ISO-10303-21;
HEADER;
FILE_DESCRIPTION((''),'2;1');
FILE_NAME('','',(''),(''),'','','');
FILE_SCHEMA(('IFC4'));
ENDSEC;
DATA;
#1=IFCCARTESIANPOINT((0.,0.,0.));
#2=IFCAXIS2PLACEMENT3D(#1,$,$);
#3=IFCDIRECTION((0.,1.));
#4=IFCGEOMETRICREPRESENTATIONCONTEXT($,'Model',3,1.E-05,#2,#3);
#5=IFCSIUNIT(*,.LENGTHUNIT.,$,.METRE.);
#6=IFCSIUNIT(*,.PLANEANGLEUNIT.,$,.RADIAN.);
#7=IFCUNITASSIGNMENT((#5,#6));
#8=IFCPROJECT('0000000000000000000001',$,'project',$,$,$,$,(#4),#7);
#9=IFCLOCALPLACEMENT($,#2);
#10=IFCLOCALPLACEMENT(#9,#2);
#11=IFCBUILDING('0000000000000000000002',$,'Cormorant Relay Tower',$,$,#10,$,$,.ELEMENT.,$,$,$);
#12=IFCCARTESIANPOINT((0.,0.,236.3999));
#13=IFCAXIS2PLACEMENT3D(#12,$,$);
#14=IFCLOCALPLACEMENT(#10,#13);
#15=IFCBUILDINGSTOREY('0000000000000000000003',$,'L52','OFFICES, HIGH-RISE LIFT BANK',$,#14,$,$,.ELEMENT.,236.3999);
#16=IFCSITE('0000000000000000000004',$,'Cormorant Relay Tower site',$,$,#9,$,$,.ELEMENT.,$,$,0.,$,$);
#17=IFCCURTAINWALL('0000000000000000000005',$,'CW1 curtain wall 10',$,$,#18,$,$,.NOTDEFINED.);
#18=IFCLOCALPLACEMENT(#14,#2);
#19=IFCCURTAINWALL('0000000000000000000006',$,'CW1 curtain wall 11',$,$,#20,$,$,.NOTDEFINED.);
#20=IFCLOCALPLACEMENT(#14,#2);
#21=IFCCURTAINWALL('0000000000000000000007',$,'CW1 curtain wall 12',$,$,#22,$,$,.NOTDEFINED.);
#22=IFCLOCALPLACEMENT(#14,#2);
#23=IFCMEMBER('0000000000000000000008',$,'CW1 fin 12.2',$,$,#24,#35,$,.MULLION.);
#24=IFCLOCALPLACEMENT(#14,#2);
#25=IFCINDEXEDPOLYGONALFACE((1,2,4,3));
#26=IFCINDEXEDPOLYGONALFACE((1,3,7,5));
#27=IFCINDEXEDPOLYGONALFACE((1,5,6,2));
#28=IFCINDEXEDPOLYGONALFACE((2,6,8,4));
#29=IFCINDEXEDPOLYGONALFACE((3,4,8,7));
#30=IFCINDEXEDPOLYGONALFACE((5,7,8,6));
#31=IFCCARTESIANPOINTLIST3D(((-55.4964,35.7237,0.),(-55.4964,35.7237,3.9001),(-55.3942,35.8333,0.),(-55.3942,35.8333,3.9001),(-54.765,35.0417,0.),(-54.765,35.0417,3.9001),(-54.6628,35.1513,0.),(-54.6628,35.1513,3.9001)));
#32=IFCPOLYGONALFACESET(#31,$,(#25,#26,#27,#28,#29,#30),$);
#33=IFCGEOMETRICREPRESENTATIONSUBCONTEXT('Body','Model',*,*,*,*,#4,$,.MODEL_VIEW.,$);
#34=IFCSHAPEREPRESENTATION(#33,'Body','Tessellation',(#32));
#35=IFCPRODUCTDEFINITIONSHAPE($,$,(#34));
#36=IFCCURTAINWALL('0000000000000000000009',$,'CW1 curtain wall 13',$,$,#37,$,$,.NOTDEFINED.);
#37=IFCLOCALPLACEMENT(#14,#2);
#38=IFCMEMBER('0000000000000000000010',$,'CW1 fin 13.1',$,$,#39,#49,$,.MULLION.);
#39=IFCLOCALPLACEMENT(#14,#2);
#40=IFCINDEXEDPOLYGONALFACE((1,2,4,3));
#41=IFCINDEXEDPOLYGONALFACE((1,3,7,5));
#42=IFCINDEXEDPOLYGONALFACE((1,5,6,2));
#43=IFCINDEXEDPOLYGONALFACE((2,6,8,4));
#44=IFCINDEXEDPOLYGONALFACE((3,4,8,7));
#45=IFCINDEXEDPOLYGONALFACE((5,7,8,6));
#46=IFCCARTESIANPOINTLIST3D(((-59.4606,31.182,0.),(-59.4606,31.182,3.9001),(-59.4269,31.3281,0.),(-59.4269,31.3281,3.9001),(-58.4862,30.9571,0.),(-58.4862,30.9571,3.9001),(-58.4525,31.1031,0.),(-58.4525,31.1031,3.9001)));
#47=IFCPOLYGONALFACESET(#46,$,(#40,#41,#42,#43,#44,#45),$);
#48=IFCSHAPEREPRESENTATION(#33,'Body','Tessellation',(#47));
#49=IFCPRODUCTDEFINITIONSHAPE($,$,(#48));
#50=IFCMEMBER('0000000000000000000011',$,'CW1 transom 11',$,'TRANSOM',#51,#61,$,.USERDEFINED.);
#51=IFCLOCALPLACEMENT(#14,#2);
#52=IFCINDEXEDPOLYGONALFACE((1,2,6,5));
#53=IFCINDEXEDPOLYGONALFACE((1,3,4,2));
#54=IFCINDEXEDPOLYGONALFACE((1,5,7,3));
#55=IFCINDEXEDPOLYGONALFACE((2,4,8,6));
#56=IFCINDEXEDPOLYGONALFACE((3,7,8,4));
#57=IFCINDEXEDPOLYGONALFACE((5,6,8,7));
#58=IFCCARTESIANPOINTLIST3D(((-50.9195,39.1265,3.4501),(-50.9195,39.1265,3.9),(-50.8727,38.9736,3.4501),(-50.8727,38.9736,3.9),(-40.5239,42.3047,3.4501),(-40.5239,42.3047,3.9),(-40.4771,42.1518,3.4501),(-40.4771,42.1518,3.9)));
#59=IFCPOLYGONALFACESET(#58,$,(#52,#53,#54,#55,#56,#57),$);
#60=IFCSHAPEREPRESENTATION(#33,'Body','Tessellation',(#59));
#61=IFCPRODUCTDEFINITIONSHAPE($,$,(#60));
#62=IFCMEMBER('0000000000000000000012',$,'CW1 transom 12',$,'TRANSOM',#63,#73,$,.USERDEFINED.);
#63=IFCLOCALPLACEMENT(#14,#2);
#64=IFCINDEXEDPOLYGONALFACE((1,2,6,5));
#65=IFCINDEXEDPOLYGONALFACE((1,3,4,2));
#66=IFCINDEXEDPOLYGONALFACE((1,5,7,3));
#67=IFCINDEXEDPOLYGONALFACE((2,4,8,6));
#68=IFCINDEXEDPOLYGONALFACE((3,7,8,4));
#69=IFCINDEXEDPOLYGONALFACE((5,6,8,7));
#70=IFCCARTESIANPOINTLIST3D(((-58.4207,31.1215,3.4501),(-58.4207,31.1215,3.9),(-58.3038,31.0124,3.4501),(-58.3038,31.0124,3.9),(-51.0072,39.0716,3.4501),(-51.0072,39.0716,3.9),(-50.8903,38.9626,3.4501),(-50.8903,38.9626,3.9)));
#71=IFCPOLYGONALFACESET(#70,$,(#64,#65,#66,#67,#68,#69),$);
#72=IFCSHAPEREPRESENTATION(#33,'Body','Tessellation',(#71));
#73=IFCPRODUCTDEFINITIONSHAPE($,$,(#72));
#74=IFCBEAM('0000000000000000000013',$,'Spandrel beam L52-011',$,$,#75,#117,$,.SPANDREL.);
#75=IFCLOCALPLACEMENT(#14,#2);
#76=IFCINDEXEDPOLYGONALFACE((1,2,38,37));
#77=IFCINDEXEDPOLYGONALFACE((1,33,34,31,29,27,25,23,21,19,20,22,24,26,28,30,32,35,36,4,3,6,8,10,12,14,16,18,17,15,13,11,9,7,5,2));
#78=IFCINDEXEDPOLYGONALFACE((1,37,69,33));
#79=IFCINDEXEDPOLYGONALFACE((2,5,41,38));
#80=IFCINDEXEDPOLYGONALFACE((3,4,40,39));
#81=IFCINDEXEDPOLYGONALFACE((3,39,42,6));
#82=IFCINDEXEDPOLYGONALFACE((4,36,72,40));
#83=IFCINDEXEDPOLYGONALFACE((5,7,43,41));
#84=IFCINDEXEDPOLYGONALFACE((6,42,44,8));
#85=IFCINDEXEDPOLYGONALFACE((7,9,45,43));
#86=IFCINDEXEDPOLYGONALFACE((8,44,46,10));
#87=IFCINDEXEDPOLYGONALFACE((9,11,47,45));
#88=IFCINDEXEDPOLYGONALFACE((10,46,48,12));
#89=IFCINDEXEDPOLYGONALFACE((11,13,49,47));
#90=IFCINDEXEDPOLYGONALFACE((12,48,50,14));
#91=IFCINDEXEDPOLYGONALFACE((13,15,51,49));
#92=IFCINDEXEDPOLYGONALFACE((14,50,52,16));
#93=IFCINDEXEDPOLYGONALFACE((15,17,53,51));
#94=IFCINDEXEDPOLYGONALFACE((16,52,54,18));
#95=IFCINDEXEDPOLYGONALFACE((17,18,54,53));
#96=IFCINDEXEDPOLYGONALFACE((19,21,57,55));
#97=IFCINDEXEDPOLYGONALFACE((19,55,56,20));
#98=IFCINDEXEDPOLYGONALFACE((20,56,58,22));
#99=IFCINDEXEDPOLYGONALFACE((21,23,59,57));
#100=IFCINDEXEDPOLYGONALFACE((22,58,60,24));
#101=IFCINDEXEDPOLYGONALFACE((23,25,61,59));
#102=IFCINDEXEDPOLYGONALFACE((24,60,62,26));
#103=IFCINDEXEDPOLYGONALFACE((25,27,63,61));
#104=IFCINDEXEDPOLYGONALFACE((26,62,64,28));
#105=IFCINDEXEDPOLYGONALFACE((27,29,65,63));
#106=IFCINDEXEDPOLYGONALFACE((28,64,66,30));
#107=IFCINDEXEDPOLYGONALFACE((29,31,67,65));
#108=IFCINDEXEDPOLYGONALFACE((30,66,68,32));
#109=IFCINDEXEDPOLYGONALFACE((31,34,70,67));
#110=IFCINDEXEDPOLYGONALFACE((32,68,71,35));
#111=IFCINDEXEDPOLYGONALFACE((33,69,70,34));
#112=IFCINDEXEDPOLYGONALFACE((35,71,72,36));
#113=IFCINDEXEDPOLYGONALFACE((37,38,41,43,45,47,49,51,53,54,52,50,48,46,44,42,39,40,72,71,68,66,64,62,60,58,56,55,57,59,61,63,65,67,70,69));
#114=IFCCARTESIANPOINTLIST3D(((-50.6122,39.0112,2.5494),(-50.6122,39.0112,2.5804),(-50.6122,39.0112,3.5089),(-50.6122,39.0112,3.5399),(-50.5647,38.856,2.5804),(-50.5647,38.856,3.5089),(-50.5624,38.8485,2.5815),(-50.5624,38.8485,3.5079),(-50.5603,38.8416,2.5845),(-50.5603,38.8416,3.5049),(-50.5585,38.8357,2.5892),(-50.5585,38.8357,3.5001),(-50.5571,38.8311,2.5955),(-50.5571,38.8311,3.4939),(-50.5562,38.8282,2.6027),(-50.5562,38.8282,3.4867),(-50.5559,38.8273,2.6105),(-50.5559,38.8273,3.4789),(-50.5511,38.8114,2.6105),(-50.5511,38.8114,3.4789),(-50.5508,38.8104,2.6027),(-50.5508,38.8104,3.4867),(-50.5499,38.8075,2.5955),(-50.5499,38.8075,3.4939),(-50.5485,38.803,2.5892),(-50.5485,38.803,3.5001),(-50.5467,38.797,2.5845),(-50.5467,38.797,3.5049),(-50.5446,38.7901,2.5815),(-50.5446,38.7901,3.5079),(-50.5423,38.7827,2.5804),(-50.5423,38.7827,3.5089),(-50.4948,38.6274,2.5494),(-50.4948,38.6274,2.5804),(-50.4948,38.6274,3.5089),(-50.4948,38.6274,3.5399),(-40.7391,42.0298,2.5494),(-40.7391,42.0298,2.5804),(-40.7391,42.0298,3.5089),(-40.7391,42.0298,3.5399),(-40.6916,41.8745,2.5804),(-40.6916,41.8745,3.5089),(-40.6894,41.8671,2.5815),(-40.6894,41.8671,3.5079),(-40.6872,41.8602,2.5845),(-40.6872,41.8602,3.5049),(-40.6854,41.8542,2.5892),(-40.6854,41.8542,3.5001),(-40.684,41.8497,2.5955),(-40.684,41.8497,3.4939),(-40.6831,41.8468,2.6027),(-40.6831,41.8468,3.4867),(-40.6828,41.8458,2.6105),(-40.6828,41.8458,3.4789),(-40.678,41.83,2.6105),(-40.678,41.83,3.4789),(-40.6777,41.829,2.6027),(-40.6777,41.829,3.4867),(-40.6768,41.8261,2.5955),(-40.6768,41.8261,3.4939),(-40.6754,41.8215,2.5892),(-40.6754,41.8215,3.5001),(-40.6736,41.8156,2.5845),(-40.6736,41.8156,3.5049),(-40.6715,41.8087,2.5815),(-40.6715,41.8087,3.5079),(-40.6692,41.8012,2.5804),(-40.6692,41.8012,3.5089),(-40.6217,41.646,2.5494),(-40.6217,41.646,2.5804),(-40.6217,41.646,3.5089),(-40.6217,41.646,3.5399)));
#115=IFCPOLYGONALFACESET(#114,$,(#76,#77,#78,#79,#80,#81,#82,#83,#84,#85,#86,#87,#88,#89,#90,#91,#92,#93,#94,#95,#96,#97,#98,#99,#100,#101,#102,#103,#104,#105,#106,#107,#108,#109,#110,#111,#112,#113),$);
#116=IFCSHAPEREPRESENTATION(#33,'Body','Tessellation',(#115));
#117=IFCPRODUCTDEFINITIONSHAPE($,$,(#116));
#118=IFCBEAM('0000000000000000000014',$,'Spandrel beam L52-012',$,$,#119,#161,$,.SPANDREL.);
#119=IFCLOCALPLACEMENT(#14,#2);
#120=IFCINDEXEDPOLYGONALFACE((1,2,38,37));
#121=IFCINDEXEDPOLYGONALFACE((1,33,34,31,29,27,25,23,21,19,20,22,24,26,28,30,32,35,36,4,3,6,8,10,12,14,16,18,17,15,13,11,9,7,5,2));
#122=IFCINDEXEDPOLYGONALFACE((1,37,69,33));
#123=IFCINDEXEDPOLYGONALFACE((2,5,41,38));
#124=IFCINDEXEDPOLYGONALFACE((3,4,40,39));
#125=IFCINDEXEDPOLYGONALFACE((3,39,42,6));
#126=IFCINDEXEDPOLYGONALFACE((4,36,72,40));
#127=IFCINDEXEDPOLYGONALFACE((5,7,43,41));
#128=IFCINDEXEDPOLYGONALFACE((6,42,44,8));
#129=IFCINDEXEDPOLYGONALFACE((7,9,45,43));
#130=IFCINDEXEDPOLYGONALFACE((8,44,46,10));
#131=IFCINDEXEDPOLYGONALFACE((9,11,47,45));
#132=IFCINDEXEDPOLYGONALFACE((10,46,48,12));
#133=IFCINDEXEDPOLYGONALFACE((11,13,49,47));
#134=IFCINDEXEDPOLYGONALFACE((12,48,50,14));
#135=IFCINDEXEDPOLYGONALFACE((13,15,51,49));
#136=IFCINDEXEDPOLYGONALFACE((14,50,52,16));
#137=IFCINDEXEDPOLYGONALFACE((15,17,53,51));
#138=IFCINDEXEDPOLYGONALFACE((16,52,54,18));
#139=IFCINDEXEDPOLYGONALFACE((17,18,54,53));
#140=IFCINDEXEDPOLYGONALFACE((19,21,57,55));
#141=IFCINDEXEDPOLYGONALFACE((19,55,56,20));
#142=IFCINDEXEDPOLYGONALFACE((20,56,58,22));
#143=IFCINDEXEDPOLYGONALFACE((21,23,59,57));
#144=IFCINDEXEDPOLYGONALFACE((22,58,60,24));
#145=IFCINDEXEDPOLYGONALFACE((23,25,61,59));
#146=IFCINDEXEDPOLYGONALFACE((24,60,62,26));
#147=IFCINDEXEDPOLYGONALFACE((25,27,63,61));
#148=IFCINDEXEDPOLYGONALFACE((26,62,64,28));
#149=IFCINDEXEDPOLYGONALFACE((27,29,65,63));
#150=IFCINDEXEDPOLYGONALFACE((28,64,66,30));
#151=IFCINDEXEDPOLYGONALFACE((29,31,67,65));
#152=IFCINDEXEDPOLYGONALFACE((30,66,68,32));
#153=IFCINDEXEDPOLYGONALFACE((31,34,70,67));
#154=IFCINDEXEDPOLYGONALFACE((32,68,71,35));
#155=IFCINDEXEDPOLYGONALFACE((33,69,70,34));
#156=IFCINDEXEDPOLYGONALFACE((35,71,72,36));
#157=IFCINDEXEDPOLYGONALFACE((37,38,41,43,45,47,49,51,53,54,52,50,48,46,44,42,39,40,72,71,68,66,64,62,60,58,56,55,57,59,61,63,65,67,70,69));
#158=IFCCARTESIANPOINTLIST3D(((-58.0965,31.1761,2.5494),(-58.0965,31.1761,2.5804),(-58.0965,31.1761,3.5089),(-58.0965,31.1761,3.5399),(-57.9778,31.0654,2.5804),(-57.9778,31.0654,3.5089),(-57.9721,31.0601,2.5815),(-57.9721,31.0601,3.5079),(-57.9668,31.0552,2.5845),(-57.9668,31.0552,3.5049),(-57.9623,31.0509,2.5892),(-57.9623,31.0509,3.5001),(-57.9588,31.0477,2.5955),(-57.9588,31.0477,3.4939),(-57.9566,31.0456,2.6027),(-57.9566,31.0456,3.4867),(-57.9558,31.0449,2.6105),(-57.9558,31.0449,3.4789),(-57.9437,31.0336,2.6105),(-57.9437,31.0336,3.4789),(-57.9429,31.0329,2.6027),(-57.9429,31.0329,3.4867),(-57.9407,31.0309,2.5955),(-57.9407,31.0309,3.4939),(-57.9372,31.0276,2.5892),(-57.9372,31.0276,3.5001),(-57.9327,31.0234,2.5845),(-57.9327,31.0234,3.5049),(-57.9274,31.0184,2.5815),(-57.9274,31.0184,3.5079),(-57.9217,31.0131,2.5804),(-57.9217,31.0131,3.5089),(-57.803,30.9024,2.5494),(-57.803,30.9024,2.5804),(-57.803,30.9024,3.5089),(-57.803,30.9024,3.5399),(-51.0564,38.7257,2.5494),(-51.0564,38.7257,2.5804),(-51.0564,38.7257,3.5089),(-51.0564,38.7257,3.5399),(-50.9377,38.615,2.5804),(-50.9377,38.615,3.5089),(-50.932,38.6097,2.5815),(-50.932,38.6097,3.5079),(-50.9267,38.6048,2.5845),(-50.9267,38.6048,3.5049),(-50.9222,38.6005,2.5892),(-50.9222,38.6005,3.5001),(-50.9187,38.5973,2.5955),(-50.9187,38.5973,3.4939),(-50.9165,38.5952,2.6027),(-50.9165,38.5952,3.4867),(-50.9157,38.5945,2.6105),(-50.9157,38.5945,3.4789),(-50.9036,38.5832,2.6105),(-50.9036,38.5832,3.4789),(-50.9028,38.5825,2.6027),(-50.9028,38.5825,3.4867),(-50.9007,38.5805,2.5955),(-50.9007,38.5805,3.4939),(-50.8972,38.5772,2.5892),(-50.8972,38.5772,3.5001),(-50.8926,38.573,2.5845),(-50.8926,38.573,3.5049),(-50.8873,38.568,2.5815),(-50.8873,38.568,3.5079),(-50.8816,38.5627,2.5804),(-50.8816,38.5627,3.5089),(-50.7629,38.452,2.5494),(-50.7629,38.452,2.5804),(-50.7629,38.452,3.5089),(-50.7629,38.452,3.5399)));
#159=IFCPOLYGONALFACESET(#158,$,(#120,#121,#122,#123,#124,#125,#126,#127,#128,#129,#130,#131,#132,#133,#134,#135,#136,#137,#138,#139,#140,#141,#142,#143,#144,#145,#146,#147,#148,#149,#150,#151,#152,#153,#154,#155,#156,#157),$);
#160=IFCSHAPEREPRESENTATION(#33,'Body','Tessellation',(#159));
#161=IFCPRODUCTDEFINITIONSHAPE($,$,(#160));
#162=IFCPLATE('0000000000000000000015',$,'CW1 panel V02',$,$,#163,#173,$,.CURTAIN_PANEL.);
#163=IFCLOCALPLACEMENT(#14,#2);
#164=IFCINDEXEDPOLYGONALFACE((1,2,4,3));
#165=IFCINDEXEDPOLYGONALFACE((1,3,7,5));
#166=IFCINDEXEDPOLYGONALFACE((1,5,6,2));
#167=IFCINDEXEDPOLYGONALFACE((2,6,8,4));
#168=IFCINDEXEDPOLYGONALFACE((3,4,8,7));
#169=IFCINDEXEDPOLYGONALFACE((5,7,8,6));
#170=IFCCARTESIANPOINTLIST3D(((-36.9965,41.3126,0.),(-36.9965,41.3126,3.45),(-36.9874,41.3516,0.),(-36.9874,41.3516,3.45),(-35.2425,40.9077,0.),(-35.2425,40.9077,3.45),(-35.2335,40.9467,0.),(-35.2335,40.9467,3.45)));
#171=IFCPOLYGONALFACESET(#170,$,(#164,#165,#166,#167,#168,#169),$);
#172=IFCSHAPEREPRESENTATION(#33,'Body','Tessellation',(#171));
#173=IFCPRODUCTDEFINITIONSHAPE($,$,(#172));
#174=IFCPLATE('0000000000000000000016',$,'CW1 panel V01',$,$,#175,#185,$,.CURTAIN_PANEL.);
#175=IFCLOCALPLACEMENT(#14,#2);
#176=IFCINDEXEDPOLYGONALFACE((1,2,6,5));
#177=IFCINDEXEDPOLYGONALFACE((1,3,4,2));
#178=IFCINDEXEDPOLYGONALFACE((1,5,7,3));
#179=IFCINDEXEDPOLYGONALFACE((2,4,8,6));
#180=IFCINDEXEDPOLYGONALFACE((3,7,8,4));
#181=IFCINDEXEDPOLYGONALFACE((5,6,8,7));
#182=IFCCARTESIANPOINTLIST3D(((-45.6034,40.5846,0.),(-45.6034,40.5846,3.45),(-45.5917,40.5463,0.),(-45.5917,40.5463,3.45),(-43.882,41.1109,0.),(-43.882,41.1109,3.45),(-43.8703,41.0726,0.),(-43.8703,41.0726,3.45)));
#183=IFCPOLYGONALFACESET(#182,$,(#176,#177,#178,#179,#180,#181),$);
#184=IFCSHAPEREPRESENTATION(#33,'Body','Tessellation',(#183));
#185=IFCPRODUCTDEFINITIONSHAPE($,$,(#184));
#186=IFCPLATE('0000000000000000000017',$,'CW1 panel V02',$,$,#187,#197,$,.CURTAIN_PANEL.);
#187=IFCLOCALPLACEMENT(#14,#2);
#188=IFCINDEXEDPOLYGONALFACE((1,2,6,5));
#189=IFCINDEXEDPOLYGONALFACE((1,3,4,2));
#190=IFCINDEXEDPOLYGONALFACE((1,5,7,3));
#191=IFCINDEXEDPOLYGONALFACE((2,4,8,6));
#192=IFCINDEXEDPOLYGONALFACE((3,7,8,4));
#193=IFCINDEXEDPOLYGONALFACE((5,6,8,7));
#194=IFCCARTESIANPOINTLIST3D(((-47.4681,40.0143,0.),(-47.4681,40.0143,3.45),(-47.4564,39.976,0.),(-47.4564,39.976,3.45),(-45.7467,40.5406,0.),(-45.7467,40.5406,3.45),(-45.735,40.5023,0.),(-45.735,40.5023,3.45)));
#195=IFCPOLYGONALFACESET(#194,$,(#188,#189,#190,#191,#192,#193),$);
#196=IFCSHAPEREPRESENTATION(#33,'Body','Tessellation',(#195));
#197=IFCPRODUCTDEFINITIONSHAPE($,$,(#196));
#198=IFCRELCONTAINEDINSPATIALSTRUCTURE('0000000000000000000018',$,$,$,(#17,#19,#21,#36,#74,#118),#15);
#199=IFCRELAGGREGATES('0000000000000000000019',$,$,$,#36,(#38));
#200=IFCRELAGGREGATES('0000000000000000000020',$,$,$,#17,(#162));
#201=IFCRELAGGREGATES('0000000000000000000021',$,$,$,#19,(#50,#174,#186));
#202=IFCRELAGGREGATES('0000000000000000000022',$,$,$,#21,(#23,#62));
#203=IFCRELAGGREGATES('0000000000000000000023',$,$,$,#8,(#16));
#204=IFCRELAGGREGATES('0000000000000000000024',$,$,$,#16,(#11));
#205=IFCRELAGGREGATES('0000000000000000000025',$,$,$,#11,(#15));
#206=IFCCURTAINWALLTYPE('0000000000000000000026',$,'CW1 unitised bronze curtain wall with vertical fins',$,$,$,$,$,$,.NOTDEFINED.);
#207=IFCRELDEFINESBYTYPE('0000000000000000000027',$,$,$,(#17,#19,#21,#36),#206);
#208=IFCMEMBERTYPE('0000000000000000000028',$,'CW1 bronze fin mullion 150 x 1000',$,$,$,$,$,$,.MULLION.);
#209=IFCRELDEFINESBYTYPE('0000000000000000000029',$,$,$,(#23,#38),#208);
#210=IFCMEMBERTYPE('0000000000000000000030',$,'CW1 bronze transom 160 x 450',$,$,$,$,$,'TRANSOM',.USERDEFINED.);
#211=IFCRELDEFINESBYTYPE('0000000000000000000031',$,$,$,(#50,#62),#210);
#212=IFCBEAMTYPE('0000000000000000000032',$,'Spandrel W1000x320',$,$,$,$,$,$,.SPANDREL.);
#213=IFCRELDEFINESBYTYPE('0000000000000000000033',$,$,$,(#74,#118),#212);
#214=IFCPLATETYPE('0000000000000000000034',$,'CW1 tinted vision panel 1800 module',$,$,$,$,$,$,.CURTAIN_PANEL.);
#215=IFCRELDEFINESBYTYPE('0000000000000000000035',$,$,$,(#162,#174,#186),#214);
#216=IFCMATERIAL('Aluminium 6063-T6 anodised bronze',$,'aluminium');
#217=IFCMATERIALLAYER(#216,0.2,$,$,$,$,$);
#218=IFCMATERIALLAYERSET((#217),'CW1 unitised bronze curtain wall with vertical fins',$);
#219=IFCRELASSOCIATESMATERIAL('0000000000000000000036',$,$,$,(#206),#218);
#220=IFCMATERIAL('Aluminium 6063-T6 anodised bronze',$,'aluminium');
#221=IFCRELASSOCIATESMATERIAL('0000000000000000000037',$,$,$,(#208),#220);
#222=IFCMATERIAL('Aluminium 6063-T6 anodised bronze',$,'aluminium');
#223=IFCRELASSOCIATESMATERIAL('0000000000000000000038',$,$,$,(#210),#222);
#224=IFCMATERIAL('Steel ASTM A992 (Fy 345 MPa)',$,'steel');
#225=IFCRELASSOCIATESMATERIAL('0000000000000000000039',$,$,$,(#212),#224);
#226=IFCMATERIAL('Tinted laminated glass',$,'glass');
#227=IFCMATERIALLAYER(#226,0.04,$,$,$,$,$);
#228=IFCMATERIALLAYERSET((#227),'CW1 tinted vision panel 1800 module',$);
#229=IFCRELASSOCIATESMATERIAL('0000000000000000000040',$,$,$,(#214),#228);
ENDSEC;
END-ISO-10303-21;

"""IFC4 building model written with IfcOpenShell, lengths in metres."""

from ifc_helpers import new_model, si_unit, direction, frame, origin, origin_2d, place, context, subcontext, project, spatial, rectangle, i_section, extrude, material, layer, layer_set, material_profile, profile_set, type_object, element, aggregate, save


model = new_model("IFC4")

# Units and contexts
model_context = context("Model", 3, precision=1e-05, world=origin(), true_north=direction((0.0, 1.0)))
body_context = subcontext(model_context, "Body", "Model", "MODEL_VIEW")
ifc_project = project(units=[si_unit("LENGTHUNIT", "METRE"), si_unit("PLANEANGLEUNIT", "RADIAN")], contexts=[model_context])

# Site, building, storey
site_placement = place(None, origin())
site = spatial("IfcSite", under=ifc_project, at=site_placement, Name="Cormorant Relay Tower site", CompositionType="ELEMENT", RefElevation=0.0)
building_placement = place(site_placement, origin())
building = spatial("IfcBuilding", under=site, at=building_placement, Name="Cormorant Relay Tower", CompositionType="ELEMENT")
storey_placement = place(building_placement, frame((0.0, 0.0, 236.3999)))
storey = spatial("IfcBuildingStorey", under=building, at=storey_placement, Name="L52", Description="OFFICES, HIGH-RISE LIFT BANK", CompositionType="ELEMENT", Elevation=236.3999)

# Curtain wall
ifc_material_1 = material(Name="Aluminium 6063-T6 anodised bronze", Category="aluminium")
ifc_layer_1 = layer(ifc_material_1, 0.2)
ifc_layer_set_1 = layer_set([ifc_layer_1], Name="CW1 unitised bronze curtain wall with vertical fins")
curtain_wall_type = type_object("IfcCurtainWallType", Name="CW1 unitised bronze curtain wall with vertical fins", PredefinedType="NOTDEFINED", material=ifc_layer_set_1)
curtain_wall_1_placement = place(storey_placement, origin())
curtain_wall_1 = element("IfcCurtainWall", 1, at=curtain_wall_1_placement, inside=storey, type_object=curtain_wall_type, Name="CW1 curtain wall 10", PredefinedType="NOTDEFINED")
ifc_material_2 = material(Name="Aluminium 6063-T6 anodised bronze", Category="aluminium")
ifc_material_profile_1 = material_profile(ifc_material_2, rectangle(XDim=0.1499, YDim=1.0, at=origin_2d()), Name="AL 150x1000")
ifc_profile_set_1 = profile_set([ifc_material_profile_1], Name="Aluminium 6063-T6 anodised bronze")
member_type_1 = type_object("IfcMemberType", Name="CW1 bronze fin mullion 150 x 1000", PredefinedType="MULLION", material=ifc_profile_set_1)

# Curtain walls, member
curtain_wall_2_placement = place(storey_placement, origin())
curtain_wall_2 = element("IfcCurtainWall", 2, at=curtain_wall_2_placement, inside=storey, type_object=curtain_wall_type, Name="CW1 curtain wall 11", PredefinedType="NOTDEFINED")
curtain_wall_3_placement = place(storey_placement, origin())
curtain_wall_3 = element("IfcCurtainWall", 3, at=curtain_wall_3_placement, inside=storey, type_object=curtain_wall_type, Name="CW1 curtain wall 12", PredefinedType="NOTDEFINED")
member_1_placement = place(storey_placement, frame((-55.0796, 35.4375, 0.0), z_axis=(0.0, 0.0, 1.0), x_axis=(-0.681998, -0.731354, 0.0)))
member_1 = element("IfcMember", 4, at=member_1_placement, type_object=member_type_1, Name="CW1 fin 12.2", PredefinedType="MULLION", context=body_context, shape_type="SweptSolid", body=[
    extrude(rectangle(XDim=0.1499, YDim=1.0, at=origin_2d()), origin(), (0.0, 0.0, 1.0), 3.9001),
])

# Curtain wall, member
curtain_wall_4_placement = place(storey_placement, origin())
curtain_wall_4 = element("IfcCurtainWall", 5, at=curtain_wall_4_placement, inside=storey, type_object=curtain_wall_type, Name="CW1 curtain wall 13", PredefinedType="NOTDEFINED")
member_2_placement = place(storey_placement, frame((-58.9565, 31.1426, 0.0), z_axis=(0.0, 0.0, 1.0), x_axis=(-0.224951, -0.97437, 0.0)))
member_2 = element("IfcMember", 6, at=member_2_placement, type_object=member_type_1, Name="CW1 fin 13.1", PredefinedType="MULLION", context=body_context, shape_type="SweptSolid", body=[
    extrude(rectangle(XDim=0.1499, YDim=1.0, at=origin_2d()), origin(), (0.0, 0.0, 1.0), 3.9001),
])
aggregate(curtain_wall_4, [member_2])

# Members
ifc_material_3 = material(Name="Aluminium 6063-T6 anodised bronze", Category="aluminium")
ifc_material_profile_2 = material_profile(ifc_material_3, rectangle(XDim=0.1599, YDim=0.45, at=origin_2d()), Name="AL 160x450")
ifc_profile_set_2 = profile_set([ifc_material_profile_2], Name="Aluminium 6063-T6 anodised bronze")
member_type_2 = type_object("IfcMemberType", Name="CW1 bronze transom 160 x 450", ElementType="TRANSOM", PredefinedType="USERDEFINED", material=ifc_profile_set_2)
member_3_placement = place(storey_placement, frame((-40.5005, 42.2283, 3.675), z_axis=(-0.956305, -0.292371, 0.0), x_axis=(0.292371, -0.956305, 0.0)))
member_3 = element("IfcMember", 7, at=member_3_placement, type_object=member_type_2, Name="CW1 transom 11", ObjectType="TRANSOM", PredefinedType="USERDEFINED", context=body_context, shape_type="SweptSolid", body=[
    extrude(rectangle(XDim=0.1599, YDim=0.45, at=origin_2d()), origin(), (0.0, 0.0, 1.0), 10.8706),
])
member_4_placement = place(storey_placement, frame((-50.9487, 39.0171, 3.675), z_axis=(-0.681993, -0.731358, 0.0), x_axis=(0.731358, -0.681993, 0.0)))
member_4 = element("IfcMember", 8, at=member_4_placement, type_object=member_type_2, Name="CW1 transom 12", ObjectType="TRANSOM", PredefinedType="USERDEFINED", context=body_context, shape_type="SweptSolid", body=[
    extrude(rectangle(XDim=0.1599, YDim=0.45, at=origin_2d()), origin(), (0.0, 0.0, 1.0), 10.8704),
])

# Beams
ifc_material_4 = material(Name="Steel ASTM A992 (Fy 345 MPa)", Category="steel")
ifc_material_profile_3 = material_profile(ifc_material_4, i_section(OverallWidth=0.4014, OverallDepth=0.9905, WebThickness=0.0166, FlangeThickness=0.031, FilletRadius=0.03, at=origin_2d()), Name="W1000x320")
ifc_profile_set_3 = profile_set([ifc_material_profile_3], Name="Steel ASTM A992 (Fy 345 MPa)")
beam_type = type_object("IfcBeamType", Name="Spandrel W1000x320", PredefinedType="SPANDREL", material=ifc_profile_set_3)
beam_1_placement = place(storey_placement, frame((-40.6804, 41.8379, 3.0447), z_axis=(-0.956303, -0.292377, 0.0), x_axis=(0.292377, -0.956303, 0.0)))
element("IfcBeam", 9, at=beam_1_placement, inside=storey, type_object=beam_type, Name="Spandrel beam L52-011", PredefinedType="SPANDREL", context=body_context, shape_type="SweptSolid", body=[
    extrude(i_section(OverallWidth=0.4014, OverallDepth=0.9905, WebThickness=0.0166, FlangeThickness=0.031, FilletRadius=0.03, at=origin_2d()), origin(), (0.0, 0.0, 1.0), 10.3242),
])
beam_2_placement = place(storey_placement, frame((-50.9097, 38.5889, 3.0447), z_axis=(-0.681996, -0.731356, 0.0), x_axis=(0.731356, -0.681996, 0.0)))
element("IfcBeam", 10, at=beam_2_placement, inside=storey, type_object=beam_type, Name="Spandrel beam L52-012", PredefinedType="SPANDREL", context=body_context, shape_type="SweptSolid", body=[
    extrude(i_section(OverallWidth=0.4014, OverallDepth=0.9905, WebThickness=0.0166, FlangeThickness=0.031, FilletRadius=0.03, at=origin_2d()), origin(), (0.0, 0.0, 1.0), 10.3228),
])

# Plates
ifc_material_5 = material(Name="Tinted laminated glass", Category="glass")
ifc_layer_2 = layer(ifc_material_5, 0.04)
ifc_layer_set_2 = layer_set([ifc_layer_2], Name="CW1 tinted vision panel 1800 module")
plate_type_1 = type_object("IfcPlateType", Name="CW1 tinted vision panel 1800 module", PredefinedType="CURTAIN_PANEL", material=ifc_layer_set_2)
plate_1_placement = place(storey_placement, frame((-36.115, 41.1296, 0.0), z_axis=(0.0, 0.0, 1.0), x_axis=(-0.97437, 0.224951, 0.0)))
plate_1 = element("IfcPlate", 11, at=plate_1_placement, type_object=plate_type_1, Name="CW1 panel V02", PredefinedType="CURTAIN_PANEL", context=body_context, shape_type="SweptSolid", body=[
    extrude(rectangle(XDim=1.8, YDim=0.04, at=origin_2d()), origin(), (0.0, 0.0, 1.0), 3.45),
])
plate_2_placement = place(storey_placement, frame((-44.7368, 40.8286, 0.0), z_axis=(0.0, 0.0, 1.0), x_axis=(-0.956305, -0.292372, 0.0)))
plate_2 = element("IfcPlate", 12, at=plate_2_placement, type_object=plate_type_1, Name="CW1 panel V01", PredefinedType="CURTAIN_PANEL", context=body_context, shape_type="SweptSolid", body=[
    extrude(rectangle(XDim=1.8, YDim=0.04, at=origin_2d()), origin(), (0.0, 0.0, 1.0), 3.45),
])
plate_3_placement = place(storey_placement, frame((-46.6016, 40.2583, 0.0), z_axis=(0.0, 0.0, 1.0), x_axis=(-0.956305, -0.292372, 0.0)))
plate_3 = element("IfcPlate", 13, at=plate_3_placement, type_object=plate_type_1, Name="CW1 panel V02", PredefinedType="CURTAIN_PANEL", context=body_context, shape_type="SweptSolid", body=[
    extrude(rectangle(XDim=1.8, YDim=0.04, at=origin_2d()), origin(), (0.0, 0.0, 1.0), 3.45),
])

aggregate(curtain_wall_1, [plate_1])
aggregate(curtain_wall_2, [member_3, plate_2, plate_3])
aggregate(curtain_wall_3, [member_1, member_4])

save(model, "model.ifc")
